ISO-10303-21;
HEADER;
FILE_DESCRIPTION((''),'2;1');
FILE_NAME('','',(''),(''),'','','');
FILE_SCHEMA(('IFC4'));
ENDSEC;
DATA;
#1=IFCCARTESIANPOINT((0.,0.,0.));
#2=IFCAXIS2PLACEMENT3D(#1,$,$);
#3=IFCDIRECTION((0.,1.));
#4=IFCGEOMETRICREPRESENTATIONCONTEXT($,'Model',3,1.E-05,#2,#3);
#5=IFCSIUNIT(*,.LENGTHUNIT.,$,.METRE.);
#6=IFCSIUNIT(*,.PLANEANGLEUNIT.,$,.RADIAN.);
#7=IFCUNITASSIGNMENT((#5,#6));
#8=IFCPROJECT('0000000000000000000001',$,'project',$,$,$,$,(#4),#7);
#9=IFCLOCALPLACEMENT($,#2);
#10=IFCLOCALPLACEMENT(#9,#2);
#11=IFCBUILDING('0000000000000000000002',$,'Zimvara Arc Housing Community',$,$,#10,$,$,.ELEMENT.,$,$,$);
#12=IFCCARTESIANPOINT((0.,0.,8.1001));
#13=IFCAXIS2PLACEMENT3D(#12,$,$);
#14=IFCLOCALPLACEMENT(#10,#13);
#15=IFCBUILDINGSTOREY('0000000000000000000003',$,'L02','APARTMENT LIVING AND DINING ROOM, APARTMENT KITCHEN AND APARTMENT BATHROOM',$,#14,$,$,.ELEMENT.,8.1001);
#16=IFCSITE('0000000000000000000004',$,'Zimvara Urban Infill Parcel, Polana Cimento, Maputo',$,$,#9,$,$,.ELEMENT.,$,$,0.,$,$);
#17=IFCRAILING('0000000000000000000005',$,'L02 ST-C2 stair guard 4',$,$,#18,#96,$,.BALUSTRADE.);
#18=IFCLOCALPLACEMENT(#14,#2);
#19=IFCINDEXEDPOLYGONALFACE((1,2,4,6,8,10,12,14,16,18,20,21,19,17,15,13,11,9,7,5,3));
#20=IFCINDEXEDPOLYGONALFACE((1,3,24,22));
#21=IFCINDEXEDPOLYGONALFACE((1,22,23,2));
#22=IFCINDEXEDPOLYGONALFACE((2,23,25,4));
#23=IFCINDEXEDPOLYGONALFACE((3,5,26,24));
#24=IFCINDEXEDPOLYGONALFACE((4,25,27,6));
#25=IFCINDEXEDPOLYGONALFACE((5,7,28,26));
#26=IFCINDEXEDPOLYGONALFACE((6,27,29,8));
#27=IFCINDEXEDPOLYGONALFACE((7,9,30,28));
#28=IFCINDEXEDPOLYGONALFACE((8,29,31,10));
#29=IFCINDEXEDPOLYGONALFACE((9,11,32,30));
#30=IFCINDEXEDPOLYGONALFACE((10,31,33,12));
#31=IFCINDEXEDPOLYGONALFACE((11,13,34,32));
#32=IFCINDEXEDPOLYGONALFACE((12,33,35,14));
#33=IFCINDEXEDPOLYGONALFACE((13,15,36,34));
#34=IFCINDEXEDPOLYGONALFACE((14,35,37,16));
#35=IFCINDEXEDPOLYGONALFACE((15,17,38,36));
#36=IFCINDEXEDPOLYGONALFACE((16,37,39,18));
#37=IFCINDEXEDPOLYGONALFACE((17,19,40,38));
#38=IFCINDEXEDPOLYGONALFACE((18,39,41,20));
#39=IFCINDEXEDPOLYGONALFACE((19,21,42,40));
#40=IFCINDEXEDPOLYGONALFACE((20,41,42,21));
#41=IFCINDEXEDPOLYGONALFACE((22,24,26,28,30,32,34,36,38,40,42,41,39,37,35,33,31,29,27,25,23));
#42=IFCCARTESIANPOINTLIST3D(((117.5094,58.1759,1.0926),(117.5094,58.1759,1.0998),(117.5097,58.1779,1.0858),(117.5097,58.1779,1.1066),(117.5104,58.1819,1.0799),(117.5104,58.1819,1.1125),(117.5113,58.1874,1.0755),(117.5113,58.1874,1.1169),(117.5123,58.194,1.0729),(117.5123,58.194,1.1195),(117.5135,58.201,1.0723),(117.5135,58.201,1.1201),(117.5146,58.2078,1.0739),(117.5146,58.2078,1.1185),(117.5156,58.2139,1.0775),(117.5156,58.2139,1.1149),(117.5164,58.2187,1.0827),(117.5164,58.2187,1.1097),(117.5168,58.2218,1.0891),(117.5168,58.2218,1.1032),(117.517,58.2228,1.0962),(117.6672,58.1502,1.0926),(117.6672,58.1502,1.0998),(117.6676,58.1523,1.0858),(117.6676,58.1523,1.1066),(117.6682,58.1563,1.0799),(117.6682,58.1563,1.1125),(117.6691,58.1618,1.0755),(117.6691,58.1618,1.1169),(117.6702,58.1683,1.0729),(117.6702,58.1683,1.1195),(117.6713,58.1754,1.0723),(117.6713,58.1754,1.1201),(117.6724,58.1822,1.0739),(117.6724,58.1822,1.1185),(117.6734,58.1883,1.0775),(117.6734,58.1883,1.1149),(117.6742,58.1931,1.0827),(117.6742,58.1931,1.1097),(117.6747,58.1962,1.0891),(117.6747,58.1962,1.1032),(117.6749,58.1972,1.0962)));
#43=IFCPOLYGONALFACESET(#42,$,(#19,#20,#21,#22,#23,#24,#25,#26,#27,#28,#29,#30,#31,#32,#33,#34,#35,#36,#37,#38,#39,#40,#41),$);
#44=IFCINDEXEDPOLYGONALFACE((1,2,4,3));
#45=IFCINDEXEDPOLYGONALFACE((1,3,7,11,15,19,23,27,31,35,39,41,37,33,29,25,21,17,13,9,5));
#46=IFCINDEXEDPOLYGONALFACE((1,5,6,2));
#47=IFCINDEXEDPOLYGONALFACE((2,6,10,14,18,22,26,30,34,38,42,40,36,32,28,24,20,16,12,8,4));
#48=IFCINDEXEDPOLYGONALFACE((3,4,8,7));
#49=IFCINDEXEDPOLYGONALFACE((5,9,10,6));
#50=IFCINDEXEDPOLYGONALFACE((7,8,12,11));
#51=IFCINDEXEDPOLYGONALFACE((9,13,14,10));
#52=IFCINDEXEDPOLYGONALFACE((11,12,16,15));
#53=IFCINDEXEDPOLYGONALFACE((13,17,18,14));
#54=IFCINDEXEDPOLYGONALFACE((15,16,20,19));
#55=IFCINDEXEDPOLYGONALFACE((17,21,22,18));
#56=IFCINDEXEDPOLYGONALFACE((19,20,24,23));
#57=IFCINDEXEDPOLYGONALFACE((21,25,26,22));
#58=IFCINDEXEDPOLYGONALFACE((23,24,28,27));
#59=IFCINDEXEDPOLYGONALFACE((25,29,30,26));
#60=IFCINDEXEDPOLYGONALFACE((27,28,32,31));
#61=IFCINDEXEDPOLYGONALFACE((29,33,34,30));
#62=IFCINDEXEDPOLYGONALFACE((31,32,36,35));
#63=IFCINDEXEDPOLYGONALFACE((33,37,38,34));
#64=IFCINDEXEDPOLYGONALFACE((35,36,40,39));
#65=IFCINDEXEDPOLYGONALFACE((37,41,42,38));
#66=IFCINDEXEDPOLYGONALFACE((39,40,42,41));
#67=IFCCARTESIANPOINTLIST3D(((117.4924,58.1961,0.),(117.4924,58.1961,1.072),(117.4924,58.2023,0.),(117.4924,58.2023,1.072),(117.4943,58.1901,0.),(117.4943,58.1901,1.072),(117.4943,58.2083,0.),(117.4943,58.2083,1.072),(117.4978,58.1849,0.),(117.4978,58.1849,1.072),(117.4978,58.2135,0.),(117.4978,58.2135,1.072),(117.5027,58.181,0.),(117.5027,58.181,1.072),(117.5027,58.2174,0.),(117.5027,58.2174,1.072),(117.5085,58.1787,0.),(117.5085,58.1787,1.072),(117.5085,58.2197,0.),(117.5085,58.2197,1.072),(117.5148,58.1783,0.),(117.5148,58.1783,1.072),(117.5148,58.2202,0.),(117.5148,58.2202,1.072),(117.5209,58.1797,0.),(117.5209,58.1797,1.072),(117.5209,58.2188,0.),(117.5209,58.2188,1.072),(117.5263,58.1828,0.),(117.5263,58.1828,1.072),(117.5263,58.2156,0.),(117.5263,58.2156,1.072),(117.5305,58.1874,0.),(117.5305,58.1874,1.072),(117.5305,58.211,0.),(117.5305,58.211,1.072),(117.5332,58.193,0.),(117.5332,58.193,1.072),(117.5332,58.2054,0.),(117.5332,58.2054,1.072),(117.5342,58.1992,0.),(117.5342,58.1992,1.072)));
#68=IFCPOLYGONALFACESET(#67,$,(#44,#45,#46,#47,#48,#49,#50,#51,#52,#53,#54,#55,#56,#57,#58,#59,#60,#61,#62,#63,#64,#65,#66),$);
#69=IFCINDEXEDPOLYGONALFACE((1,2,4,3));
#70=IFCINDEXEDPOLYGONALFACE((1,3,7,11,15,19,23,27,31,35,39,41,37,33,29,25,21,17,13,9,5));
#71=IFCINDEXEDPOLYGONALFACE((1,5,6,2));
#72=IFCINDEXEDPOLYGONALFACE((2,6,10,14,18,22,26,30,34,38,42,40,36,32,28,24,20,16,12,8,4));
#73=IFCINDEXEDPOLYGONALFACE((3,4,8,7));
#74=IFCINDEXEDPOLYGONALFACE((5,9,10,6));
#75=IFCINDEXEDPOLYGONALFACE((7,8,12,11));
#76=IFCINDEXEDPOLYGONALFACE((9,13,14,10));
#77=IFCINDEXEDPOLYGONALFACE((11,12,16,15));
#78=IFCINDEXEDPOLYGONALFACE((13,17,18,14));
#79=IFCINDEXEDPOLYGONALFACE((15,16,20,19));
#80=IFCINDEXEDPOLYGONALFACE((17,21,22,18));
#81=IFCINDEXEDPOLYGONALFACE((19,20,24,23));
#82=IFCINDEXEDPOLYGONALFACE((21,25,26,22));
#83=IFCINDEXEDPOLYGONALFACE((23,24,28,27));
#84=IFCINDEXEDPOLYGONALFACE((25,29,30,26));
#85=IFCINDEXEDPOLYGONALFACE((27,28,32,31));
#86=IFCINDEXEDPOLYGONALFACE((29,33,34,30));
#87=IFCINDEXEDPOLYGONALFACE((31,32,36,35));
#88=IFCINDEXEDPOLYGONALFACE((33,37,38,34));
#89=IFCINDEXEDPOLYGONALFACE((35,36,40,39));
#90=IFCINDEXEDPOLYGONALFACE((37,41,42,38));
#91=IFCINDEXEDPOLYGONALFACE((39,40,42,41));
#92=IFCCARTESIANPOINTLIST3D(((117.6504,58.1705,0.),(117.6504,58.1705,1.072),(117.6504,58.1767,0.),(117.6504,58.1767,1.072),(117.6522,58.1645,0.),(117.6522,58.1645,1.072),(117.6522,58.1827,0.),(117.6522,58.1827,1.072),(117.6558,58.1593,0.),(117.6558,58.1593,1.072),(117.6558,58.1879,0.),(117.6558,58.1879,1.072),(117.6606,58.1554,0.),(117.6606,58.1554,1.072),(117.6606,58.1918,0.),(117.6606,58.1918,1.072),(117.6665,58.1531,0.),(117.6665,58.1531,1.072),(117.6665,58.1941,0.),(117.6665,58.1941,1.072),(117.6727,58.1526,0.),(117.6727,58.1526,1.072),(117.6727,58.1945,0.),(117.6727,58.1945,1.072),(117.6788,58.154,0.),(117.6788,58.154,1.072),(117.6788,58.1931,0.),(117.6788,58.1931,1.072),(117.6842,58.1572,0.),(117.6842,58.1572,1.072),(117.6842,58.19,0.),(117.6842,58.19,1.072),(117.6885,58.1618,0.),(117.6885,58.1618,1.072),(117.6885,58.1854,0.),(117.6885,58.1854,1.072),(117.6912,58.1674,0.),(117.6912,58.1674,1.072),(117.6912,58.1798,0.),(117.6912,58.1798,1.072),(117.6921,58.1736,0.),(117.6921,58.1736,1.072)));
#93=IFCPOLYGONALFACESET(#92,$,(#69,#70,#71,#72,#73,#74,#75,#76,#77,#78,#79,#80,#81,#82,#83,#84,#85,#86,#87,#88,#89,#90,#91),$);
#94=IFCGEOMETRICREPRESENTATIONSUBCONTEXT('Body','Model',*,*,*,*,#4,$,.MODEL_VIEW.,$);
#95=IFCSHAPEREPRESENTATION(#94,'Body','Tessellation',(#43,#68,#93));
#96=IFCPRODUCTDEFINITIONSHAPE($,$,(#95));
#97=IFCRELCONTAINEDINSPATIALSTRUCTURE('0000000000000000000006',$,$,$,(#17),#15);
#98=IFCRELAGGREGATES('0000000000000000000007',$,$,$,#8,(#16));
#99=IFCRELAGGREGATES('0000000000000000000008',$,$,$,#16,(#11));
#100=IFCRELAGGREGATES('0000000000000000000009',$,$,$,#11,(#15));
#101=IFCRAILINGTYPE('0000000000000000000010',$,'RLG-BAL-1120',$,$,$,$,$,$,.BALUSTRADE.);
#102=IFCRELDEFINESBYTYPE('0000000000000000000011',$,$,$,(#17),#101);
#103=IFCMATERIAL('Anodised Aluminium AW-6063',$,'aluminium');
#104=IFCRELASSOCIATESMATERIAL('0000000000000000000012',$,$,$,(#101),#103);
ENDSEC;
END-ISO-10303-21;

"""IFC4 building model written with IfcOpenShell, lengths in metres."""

from ifc_helpers import new_model, si_unit, direction, frame, origin, origin_2d, place, context, subcontext, project, spatial, circle, extrude, material, type_object, element, save


model = new_model("IFC4")

# Units and contexts
model_context = context("Model", 3, precision=1e-05, world=origin(), true_north=direction((0.0, 1.0)))
body_context = subcontext(model_context, "Body", "Model", "MODEL_VIEW")
ifc_project = project(units=[si_unit("LENGTHUNIT", "METRE"), si_unit("PLANEANGLEUNIT", "RADIAN")], contexts=[model_context])

# Site, building, storey
site_placement = place(None, origin())
site = spatial("IfcSite", under=ifc_project, at=site_placement, Name="Zimvara Urban Infill Parcel, Polana Cimento, Maputo", CompositionType="ELEMENT", RefElevation=0.0)
building_placement = place(site_placement, origin())
building = spatial("IfcBuilding", under=site, at=building_placement, Name="Zimvara Arc Housing Community", CompositionType="ELEMENT")
storey_placement = place(building_placement, frame((0.0, 0.0, 8.1001)))
storey = spatial("IfcBuildingStorey", under=building, at=storey_placement, Name="L02", Description="APARTMENT LIVING AND DINING ROOM, APARTMENT KITCHEN AND APARTMENT BATHROOM", CompositionType="ELEMENT", Elevation=8.1001)

# Railing
ifc_material_1 = material(Name="Anodised Aluminium AW-6063", Category="aluminium")
railing_type_1 = type_object("IfcRailingType", Name="RLG-BAL-1120", PredefinedType="BALUSTRADE", material=ifc_material_1)
railing_1_placement = place(storey_placement, frame((117.5132, 58.1992, 0.0)))
element("IfcRailing", 1, at=railing_1_placement, inside=storey, type_object=railing_type_1, Name="L02 ST-C2 stair guard 4", PredefinedType="BALUSTRADE", context=body_context, shape_type="SweptSolid", body=[
    extrude(circle(Radius=0.0239, at=origin_2d()), frame((0.0, 0.0, 1.0962), z_axis=(0.987086, -0.160192, 0.0), x_axis=(0.160192, 0.987086, 0.0)), (0.0, 0.0, 1.0), 0.1599),
    extrude(circle(Radius=0.021, at=origin_2d()), origin(), (0.0, 0.0, 1.0), 1.072),
    extrude(circle(Radius=0.021, at=origin_2d()), frame((0.158, -0.0256, 0.0)), (0.0, 0.0, 1.0), 1.072),
])

save(model, "model.ifc")
